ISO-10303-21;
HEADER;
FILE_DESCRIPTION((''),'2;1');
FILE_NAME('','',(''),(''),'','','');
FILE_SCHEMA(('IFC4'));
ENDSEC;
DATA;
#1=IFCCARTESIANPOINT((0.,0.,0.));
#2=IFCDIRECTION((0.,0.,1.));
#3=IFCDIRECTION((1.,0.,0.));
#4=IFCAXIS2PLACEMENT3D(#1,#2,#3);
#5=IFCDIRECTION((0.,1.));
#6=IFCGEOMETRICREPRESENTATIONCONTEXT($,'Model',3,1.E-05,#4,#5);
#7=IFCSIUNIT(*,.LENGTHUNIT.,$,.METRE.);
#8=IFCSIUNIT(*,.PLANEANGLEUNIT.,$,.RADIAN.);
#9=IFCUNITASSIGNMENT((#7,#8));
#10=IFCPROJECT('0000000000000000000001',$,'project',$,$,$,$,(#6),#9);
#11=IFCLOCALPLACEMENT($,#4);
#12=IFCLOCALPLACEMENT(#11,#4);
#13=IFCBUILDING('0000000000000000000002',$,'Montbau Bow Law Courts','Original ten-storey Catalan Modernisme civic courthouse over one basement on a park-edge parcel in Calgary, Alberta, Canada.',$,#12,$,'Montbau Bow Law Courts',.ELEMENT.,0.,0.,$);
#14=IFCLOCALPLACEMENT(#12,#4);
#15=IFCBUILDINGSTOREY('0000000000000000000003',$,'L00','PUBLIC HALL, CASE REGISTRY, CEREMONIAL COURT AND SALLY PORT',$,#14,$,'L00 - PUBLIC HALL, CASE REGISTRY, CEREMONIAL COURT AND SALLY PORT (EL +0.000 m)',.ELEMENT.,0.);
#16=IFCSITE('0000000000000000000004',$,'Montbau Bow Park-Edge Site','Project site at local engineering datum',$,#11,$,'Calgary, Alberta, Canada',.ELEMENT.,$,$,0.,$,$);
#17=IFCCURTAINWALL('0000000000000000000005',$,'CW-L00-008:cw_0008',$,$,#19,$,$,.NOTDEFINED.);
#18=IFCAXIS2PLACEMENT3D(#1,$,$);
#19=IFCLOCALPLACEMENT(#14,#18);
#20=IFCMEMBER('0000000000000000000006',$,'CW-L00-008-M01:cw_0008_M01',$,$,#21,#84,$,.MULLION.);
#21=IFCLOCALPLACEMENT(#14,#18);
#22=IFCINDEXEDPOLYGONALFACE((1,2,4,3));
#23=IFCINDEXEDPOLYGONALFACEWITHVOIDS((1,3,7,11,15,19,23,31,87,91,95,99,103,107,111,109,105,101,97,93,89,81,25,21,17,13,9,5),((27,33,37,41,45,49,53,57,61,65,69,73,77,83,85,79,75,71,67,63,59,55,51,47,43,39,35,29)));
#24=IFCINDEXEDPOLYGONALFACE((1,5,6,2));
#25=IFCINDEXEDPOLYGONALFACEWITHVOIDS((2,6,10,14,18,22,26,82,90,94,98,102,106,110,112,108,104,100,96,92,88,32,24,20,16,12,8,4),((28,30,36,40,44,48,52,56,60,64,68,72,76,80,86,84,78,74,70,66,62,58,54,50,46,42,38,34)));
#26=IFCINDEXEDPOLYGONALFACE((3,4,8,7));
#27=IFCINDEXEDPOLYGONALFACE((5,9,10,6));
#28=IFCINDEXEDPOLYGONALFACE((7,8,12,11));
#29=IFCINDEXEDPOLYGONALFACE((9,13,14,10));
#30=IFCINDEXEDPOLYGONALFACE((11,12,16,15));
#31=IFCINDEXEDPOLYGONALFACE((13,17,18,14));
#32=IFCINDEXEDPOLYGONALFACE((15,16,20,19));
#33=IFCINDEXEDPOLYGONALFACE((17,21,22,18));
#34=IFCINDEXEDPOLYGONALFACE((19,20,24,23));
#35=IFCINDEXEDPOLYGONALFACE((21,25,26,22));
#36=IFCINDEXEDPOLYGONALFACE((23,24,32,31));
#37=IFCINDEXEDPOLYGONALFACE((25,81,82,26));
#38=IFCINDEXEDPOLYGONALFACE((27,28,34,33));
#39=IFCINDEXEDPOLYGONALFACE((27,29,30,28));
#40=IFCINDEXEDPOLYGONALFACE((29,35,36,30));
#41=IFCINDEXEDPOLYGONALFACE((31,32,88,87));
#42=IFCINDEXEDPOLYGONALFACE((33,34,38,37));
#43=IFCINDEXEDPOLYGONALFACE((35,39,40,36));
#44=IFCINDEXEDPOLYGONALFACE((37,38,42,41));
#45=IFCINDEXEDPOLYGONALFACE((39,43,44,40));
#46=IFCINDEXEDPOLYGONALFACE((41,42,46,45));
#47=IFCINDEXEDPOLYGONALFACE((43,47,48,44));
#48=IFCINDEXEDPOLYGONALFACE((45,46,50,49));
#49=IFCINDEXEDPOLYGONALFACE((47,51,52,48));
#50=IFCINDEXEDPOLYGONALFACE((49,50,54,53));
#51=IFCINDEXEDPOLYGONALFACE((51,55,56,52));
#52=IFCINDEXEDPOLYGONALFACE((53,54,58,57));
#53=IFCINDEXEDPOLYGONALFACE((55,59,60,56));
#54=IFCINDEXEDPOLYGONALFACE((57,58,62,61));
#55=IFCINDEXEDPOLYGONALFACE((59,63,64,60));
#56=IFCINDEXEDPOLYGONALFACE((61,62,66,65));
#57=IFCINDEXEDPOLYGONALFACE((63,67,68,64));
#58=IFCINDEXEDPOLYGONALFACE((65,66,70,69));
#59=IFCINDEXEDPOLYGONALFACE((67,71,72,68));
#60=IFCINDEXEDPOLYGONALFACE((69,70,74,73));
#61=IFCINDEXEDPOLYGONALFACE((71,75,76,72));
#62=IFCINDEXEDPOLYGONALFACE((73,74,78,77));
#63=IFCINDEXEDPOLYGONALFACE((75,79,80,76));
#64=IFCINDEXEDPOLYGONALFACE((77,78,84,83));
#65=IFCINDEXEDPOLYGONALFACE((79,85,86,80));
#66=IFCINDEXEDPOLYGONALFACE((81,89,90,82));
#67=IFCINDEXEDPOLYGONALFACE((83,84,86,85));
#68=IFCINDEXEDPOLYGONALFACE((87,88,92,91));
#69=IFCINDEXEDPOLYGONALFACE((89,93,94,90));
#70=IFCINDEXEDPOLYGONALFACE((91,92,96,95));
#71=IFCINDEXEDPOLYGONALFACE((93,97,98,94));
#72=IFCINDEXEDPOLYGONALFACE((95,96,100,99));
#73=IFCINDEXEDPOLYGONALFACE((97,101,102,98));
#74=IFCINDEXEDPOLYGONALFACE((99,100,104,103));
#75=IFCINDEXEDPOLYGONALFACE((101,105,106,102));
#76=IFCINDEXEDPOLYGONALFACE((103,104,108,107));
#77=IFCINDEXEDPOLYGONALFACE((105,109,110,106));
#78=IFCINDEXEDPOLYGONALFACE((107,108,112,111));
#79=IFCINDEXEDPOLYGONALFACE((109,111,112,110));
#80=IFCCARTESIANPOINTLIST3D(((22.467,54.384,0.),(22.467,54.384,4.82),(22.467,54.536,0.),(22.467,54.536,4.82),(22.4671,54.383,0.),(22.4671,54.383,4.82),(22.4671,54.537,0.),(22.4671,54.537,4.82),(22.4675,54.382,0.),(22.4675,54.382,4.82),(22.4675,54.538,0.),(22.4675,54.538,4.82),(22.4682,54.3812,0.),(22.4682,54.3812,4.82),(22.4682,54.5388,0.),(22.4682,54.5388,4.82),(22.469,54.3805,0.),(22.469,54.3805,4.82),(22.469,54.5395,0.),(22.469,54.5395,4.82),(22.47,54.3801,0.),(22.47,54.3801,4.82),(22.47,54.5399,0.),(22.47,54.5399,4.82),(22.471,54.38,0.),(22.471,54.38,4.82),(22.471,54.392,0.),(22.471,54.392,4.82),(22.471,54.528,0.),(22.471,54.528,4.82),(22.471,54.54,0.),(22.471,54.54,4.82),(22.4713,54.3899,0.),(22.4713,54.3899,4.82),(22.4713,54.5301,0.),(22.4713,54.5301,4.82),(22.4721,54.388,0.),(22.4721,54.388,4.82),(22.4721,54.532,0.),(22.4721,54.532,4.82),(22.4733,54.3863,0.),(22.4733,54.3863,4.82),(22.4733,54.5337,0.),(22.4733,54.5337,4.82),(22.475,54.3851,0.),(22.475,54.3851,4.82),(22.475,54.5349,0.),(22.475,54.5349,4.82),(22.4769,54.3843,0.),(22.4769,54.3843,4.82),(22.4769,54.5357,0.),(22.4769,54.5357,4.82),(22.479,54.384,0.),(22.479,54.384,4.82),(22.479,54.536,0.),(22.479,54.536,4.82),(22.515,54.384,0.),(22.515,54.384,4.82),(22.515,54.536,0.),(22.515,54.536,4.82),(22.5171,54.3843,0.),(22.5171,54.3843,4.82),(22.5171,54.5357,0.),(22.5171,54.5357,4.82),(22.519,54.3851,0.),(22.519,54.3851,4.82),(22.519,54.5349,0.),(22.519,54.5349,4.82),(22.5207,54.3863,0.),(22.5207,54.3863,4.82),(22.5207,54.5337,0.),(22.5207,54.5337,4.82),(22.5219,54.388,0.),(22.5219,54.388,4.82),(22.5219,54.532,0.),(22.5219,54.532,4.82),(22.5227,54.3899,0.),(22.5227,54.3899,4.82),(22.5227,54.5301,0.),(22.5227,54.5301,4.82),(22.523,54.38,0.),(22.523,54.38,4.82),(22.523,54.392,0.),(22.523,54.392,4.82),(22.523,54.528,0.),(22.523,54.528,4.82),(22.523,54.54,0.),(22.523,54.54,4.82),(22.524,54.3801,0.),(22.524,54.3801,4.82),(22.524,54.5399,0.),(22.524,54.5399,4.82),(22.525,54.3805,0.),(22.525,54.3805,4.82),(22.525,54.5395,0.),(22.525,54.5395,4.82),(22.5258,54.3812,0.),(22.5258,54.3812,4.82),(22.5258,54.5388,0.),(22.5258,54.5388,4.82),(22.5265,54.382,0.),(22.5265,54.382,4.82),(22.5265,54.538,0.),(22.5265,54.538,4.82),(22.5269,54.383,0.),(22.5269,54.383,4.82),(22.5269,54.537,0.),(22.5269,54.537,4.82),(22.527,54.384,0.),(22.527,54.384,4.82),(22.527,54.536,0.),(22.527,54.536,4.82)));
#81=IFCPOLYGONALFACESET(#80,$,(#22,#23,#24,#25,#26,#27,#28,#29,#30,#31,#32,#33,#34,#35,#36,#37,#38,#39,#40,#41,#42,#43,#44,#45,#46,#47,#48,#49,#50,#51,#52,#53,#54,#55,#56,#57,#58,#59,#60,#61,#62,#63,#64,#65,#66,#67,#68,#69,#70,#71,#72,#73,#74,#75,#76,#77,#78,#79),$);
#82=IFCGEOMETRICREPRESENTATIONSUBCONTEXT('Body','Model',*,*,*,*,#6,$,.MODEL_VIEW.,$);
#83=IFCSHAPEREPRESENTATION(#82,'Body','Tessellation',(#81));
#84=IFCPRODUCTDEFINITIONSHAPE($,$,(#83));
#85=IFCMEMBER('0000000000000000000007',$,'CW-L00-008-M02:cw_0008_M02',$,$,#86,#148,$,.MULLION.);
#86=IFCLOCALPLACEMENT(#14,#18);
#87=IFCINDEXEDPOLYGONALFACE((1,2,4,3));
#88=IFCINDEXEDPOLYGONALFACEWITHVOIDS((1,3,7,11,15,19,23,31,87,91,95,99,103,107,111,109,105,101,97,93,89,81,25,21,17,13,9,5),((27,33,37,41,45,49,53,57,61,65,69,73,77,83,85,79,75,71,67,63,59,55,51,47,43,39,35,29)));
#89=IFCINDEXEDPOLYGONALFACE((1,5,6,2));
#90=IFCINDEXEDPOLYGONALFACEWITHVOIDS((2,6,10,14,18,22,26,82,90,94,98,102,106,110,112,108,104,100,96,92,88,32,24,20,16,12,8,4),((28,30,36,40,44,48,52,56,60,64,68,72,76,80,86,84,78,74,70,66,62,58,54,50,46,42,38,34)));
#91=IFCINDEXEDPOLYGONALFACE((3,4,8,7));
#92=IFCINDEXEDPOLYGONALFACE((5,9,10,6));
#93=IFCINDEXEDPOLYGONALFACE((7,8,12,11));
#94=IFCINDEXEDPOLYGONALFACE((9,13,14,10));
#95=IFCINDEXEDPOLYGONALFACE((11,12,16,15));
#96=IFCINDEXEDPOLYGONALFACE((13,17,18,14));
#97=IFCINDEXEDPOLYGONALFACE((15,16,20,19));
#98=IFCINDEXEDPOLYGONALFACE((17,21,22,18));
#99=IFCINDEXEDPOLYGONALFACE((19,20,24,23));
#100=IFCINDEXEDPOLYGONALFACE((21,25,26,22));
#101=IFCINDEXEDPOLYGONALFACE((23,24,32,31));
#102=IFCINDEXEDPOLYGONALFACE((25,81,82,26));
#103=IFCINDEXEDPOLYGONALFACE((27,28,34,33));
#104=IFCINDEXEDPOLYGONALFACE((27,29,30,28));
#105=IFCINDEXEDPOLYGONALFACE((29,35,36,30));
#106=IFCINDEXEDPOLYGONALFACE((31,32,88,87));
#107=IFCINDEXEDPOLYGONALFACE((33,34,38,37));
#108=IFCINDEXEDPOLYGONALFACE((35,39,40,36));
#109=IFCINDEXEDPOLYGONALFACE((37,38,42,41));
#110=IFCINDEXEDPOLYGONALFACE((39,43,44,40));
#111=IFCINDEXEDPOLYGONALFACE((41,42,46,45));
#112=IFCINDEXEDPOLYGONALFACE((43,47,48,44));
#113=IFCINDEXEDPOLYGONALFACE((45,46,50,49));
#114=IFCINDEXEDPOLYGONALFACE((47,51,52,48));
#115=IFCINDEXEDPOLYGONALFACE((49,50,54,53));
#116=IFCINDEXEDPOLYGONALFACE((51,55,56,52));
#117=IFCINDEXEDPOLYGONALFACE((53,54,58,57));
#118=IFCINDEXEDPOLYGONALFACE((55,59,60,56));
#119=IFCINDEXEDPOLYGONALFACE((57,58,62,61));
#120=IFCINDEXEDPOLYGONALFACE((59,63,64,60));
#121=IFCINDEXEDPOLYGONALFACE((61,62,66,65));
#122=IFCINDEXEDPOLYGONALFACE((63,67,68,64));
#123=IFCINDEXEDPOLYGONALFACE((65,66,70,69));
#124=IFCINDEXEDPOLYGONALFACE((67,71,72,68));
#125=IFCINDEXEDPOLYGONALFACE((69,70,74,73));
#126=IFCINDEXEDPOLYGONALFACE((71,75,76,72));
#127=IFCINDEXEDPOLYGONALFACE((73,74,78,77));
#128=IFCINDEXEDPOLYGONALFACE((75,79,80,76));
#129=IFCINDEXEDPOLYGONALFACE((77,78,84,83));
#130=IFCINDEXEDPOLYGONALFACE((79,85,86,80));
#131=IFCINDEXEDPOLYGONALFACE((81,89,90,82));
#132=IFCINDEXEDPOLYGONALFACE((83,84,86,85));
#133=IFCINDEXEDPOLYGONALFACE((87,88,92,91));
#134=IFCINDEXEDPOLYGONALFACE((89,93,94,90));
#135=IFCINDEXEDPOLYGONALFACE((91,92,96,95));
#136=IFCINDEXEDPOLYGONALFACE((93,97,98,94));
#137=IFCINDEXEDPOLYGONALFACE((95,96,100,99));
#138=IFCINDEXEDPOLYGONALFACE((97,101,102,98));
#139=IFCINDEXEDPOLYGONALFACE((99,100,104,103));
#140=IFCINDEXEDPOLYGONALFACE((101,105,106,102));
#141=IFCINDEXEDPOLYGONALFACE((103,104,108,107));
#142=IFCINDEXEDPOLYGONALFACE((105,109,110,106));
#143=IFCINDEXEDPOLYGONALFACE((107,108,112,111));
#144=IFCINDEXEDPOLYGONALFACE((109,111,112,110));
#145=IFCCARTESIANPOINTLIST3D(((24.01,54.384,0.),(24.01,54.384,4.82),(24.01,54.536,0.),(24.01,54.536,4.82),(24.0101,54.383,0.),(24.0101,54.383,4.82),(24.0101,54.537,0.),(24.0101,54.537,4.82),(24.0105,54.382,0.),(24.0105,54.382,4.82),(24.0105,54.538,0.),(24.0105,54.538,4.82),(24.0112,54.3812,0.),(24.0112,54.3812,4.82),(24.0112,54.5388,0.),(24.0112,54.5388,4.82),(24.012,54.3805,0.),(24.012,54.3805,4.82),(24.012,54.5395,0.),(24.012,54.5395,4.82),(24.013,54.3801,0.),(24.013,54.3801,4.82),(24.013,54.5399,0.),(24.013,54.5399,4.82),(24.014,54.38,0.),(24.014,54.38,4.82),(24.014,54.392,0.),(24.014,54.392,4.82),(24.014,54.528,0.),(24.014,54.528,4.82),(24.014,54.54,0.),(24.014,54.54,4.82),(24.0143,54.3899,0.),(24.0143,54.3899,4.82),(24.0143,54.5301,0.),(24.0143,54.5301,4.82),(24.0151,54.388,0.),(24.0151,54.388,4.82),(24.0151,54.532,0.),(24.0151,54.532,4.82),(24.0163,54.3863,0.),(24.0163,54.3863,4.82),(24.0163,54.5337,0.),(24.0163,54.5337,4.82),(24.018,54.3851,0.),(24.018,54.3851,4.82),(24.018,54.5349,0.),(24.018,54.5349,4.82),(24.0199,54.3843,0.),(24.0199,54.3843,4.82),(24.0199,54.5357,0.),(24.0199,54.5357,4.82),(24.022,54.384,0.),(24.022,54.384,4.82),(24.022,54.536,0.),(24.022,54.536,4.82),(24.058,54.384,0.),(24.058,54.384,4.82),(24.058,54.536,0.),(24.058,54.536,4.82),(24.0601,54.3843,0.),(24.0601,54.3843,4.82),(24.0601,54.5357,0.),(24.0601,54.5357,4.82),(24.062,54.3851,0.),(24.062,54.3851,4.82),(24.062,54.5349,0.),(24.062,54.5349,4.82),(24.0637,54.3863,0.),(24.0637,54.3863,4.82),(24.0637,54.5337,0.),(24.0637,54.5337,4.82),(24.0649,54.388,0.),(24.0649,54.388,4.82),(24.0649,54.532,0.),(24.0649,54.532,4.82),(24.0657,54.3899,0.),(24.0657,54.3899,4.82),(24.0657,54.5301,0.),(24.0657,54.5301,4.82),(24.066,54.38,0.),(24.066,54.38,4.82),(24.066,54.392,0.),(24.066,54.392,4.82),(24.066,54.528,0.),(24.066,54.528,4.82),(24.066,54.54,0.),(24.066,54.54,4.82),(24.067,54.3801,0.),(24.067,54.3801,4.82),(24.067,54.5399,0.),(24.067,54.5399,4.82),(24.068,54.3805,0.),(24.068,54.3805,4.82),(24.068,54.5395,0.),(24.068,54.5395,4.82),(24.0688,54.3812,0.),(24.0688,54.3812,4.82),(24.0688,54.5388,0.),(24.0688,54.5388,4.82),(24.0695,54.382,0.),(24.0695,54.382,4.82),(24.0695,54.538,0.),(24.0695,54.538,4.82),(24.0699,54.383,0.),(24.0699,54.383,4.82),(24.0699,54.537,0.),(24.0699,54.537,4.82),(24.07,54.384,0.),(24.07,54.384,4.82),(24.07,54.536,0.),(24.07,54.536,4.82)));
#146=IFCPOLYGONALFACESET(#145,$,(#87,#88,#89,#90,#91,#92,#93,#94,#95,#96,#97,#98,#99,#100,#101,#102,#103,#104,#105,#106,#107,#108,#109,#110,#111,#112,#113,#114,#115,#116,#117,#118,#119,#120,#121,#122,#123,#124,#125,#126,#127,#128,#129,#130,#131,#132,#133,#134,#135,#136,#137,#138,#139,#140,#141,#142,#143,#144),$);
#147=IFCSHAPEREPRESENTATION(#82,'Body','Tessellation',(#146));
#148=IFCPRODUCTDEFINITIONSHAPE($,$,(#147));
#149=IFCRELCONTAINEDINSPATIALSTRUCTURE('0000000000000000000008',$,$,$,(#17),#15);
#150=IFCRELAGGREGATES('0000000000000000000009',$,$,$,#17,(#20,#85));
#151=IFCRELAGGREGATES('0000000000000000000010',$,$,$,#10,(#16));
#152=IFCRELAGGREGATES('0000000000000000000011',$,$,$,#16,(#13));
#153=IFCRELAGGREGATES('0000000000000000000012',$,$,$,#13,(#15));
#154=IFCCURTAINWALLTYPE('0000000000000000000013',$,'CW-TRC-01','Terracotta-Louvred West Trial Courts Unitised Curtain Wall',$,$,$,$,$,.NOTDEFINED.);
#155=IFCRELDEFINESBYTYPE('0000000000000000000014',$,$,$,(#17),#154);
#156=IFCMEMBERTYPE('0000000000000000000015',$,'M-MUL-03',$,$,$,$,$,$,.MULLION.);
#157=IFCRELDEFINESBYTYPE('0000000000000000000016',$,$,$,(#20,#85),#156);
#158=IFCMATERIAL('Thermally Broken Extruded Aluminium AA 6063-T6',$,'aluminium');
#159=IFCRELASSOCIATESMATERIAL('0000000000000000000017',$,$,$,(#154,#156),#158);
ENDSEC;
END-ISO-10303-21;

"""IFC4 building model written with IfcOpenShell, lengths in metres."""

from ifc_helpers import new_model, si_unit, direction, frame, origin_with_axes, origin_2d_with_axis, place, context, subcontext, project, spatial, hollow_rectangle, extrude, material, material_profile, profile_set, type_object, element, aggregate, save


model = new_model("IFC4")

# Units and contexts
model_context = context("Model", 3, precision=1e-05, world=origin_with_axes(), true_north=direction((0.0, 1.0)))
body_context = subcontext(model_context, "Body", "Model", "MODEL_VIEW")
ifc_project = project(units=[si_unit("LENGTHUNIT", "METRE"), si_unit("PLANEANGLEUNIT", "RADIAN")], contexts=[model_context])

# Site, building, storey
site_placement = place(None, origin_with_axes())
site = spatial("IfcSite", under=ifc_project, at=site_placement, Name="Montbau Bow Park-Edge Site", Description="Project site at local engineering datum", LongName="Calgary, Alberta, Canada", CompositionType="ELEMENT", RefElevation=0.0)
building_placement = place(site_placement, origin_with_axes())
building = spatial("IfcBuilding", under=site, at=building_placement, Name="Montbau Bow Law Courts", Description="Original ten-storey Catalan Modernisme civic courthouse over one basement on a park-edge parcel in Calgary, Alberta, Canada.", LongName="Montbau Bow Law Courts", CompositionType="ELEMENT", ElevationOfRefHeight=0.0, ElevationOfTerrain=0.0)
storey_placement = place(building_placement, origin_with_axes())
storey = spatial("IfcBuildingStorey", under=building, at=storey_placement, Name="L00", Description="PUBLIC HALL, CASE REGISTRY, CEREMONIAL COURT AND SALLY PORT", LongName="L00 - PUBLIC HALL, CASE REGISTRY, CEREMONIAL COURT AND SALLY PORT (EL +0.000 m)", CompositionType="ELEMENT", Elevation=0.0)

# Curtain wall, members
ifc_material_1 = material(Name="Thermally Broken Extruded Aluminium AA 6063-T6", Category="aluminium")
curtain_wall_type = type_object("IfcCurtainWallType", Name="CW-TRC-01", Description="Terracotta-Louvred West Trial Courts Unitised Curtain Wall", PredefinedType="NOTDEFINED", material=ifc_material_1)
curtain_wall_1_placement = place(None, frame((22.467, 54.46, 0.0), z_axis=(0.0, 0.0, 1.0), x_axis=(1.0, 0.0, 0.0)))
curtain_wall_1 = element("IfcCurtainWall", 1, at=curtain_wall_1_placement, inside=storey, type_object=curtain_wall_type, Name="CW-L00-008:cw_0008", PredefinedType="NOTDEFINED")
ifc_material_profile_1 = material_profile(ifc_material_1, hollow_rectangle(XDim=0.06, YDim=0.16, WallThickness=0.004, InnerFilletRadius=0.008, OuterFilletRadius=0.004, at=origin_2d_with_axis()), Name="CWM-160X60", Category="Main", Priority=0)
ifc_profile_set_1 = profile_set([ifc_material_profile_1], Name="Thermally Broken Extruded Aluminium AA 6063-T6")
member_type_1 = type_object("IfcMemberType", Name="M-MUL-03", PredefinedType="MULLION", material=ifc_profile_set_1)
member_1_placement = place(None, frame((22.497, 54.46, 0.0), z_axis=(0.0, 0.0, 1.0), x_axis=(1.0, 0.0, 0.0)))
member_1 = element("IfcMember", 2, at=member_1_placement, type_object=member_type_1, Name="CW-L00-008-M01:cw_0008_M01", PredefinedType="MULLION", context=body_context, shape_type="SweptSolid", body=[
    extrude(hollow_rectangle(XDim=0.06, YDim=0.16, WallThickness=0.004, InnerFilletRadius=0.008, OuterFilletRadius=0.004, at=origin_2d_with_axis()), origin_with_axes(), (0.0, 0.0, 1.0), 4.82),
])
member_2_placement = place(None, frame((24.04, 54.46, 0.0), z_axis=(0.0, 0.0, 1.0), x_axis=(1.0, 0.0, 0.0)))
member_2 = element("IfcMember", 3, at=member_2_placement, type_object=member_type_1, Name="CW-L00-008-M02:cw_0008_M02", PredefinedType="MULLION", context=body_context, shape_type="SweptSolid", body=[
    extrude(hollow_rectangle(XDim=0.06, YDim=0.16, WallThickness=0.004, InnerFilletRadius=0.008, OuterFilletRadius=0.004, at=origin_2d_with_axis()), origin_with_axes(), (0.0, 0.0, 1.0), 4.82),
])

aggregate(curtain_wall_1, [member_1, member_2])

save(model, "model.ifc")
